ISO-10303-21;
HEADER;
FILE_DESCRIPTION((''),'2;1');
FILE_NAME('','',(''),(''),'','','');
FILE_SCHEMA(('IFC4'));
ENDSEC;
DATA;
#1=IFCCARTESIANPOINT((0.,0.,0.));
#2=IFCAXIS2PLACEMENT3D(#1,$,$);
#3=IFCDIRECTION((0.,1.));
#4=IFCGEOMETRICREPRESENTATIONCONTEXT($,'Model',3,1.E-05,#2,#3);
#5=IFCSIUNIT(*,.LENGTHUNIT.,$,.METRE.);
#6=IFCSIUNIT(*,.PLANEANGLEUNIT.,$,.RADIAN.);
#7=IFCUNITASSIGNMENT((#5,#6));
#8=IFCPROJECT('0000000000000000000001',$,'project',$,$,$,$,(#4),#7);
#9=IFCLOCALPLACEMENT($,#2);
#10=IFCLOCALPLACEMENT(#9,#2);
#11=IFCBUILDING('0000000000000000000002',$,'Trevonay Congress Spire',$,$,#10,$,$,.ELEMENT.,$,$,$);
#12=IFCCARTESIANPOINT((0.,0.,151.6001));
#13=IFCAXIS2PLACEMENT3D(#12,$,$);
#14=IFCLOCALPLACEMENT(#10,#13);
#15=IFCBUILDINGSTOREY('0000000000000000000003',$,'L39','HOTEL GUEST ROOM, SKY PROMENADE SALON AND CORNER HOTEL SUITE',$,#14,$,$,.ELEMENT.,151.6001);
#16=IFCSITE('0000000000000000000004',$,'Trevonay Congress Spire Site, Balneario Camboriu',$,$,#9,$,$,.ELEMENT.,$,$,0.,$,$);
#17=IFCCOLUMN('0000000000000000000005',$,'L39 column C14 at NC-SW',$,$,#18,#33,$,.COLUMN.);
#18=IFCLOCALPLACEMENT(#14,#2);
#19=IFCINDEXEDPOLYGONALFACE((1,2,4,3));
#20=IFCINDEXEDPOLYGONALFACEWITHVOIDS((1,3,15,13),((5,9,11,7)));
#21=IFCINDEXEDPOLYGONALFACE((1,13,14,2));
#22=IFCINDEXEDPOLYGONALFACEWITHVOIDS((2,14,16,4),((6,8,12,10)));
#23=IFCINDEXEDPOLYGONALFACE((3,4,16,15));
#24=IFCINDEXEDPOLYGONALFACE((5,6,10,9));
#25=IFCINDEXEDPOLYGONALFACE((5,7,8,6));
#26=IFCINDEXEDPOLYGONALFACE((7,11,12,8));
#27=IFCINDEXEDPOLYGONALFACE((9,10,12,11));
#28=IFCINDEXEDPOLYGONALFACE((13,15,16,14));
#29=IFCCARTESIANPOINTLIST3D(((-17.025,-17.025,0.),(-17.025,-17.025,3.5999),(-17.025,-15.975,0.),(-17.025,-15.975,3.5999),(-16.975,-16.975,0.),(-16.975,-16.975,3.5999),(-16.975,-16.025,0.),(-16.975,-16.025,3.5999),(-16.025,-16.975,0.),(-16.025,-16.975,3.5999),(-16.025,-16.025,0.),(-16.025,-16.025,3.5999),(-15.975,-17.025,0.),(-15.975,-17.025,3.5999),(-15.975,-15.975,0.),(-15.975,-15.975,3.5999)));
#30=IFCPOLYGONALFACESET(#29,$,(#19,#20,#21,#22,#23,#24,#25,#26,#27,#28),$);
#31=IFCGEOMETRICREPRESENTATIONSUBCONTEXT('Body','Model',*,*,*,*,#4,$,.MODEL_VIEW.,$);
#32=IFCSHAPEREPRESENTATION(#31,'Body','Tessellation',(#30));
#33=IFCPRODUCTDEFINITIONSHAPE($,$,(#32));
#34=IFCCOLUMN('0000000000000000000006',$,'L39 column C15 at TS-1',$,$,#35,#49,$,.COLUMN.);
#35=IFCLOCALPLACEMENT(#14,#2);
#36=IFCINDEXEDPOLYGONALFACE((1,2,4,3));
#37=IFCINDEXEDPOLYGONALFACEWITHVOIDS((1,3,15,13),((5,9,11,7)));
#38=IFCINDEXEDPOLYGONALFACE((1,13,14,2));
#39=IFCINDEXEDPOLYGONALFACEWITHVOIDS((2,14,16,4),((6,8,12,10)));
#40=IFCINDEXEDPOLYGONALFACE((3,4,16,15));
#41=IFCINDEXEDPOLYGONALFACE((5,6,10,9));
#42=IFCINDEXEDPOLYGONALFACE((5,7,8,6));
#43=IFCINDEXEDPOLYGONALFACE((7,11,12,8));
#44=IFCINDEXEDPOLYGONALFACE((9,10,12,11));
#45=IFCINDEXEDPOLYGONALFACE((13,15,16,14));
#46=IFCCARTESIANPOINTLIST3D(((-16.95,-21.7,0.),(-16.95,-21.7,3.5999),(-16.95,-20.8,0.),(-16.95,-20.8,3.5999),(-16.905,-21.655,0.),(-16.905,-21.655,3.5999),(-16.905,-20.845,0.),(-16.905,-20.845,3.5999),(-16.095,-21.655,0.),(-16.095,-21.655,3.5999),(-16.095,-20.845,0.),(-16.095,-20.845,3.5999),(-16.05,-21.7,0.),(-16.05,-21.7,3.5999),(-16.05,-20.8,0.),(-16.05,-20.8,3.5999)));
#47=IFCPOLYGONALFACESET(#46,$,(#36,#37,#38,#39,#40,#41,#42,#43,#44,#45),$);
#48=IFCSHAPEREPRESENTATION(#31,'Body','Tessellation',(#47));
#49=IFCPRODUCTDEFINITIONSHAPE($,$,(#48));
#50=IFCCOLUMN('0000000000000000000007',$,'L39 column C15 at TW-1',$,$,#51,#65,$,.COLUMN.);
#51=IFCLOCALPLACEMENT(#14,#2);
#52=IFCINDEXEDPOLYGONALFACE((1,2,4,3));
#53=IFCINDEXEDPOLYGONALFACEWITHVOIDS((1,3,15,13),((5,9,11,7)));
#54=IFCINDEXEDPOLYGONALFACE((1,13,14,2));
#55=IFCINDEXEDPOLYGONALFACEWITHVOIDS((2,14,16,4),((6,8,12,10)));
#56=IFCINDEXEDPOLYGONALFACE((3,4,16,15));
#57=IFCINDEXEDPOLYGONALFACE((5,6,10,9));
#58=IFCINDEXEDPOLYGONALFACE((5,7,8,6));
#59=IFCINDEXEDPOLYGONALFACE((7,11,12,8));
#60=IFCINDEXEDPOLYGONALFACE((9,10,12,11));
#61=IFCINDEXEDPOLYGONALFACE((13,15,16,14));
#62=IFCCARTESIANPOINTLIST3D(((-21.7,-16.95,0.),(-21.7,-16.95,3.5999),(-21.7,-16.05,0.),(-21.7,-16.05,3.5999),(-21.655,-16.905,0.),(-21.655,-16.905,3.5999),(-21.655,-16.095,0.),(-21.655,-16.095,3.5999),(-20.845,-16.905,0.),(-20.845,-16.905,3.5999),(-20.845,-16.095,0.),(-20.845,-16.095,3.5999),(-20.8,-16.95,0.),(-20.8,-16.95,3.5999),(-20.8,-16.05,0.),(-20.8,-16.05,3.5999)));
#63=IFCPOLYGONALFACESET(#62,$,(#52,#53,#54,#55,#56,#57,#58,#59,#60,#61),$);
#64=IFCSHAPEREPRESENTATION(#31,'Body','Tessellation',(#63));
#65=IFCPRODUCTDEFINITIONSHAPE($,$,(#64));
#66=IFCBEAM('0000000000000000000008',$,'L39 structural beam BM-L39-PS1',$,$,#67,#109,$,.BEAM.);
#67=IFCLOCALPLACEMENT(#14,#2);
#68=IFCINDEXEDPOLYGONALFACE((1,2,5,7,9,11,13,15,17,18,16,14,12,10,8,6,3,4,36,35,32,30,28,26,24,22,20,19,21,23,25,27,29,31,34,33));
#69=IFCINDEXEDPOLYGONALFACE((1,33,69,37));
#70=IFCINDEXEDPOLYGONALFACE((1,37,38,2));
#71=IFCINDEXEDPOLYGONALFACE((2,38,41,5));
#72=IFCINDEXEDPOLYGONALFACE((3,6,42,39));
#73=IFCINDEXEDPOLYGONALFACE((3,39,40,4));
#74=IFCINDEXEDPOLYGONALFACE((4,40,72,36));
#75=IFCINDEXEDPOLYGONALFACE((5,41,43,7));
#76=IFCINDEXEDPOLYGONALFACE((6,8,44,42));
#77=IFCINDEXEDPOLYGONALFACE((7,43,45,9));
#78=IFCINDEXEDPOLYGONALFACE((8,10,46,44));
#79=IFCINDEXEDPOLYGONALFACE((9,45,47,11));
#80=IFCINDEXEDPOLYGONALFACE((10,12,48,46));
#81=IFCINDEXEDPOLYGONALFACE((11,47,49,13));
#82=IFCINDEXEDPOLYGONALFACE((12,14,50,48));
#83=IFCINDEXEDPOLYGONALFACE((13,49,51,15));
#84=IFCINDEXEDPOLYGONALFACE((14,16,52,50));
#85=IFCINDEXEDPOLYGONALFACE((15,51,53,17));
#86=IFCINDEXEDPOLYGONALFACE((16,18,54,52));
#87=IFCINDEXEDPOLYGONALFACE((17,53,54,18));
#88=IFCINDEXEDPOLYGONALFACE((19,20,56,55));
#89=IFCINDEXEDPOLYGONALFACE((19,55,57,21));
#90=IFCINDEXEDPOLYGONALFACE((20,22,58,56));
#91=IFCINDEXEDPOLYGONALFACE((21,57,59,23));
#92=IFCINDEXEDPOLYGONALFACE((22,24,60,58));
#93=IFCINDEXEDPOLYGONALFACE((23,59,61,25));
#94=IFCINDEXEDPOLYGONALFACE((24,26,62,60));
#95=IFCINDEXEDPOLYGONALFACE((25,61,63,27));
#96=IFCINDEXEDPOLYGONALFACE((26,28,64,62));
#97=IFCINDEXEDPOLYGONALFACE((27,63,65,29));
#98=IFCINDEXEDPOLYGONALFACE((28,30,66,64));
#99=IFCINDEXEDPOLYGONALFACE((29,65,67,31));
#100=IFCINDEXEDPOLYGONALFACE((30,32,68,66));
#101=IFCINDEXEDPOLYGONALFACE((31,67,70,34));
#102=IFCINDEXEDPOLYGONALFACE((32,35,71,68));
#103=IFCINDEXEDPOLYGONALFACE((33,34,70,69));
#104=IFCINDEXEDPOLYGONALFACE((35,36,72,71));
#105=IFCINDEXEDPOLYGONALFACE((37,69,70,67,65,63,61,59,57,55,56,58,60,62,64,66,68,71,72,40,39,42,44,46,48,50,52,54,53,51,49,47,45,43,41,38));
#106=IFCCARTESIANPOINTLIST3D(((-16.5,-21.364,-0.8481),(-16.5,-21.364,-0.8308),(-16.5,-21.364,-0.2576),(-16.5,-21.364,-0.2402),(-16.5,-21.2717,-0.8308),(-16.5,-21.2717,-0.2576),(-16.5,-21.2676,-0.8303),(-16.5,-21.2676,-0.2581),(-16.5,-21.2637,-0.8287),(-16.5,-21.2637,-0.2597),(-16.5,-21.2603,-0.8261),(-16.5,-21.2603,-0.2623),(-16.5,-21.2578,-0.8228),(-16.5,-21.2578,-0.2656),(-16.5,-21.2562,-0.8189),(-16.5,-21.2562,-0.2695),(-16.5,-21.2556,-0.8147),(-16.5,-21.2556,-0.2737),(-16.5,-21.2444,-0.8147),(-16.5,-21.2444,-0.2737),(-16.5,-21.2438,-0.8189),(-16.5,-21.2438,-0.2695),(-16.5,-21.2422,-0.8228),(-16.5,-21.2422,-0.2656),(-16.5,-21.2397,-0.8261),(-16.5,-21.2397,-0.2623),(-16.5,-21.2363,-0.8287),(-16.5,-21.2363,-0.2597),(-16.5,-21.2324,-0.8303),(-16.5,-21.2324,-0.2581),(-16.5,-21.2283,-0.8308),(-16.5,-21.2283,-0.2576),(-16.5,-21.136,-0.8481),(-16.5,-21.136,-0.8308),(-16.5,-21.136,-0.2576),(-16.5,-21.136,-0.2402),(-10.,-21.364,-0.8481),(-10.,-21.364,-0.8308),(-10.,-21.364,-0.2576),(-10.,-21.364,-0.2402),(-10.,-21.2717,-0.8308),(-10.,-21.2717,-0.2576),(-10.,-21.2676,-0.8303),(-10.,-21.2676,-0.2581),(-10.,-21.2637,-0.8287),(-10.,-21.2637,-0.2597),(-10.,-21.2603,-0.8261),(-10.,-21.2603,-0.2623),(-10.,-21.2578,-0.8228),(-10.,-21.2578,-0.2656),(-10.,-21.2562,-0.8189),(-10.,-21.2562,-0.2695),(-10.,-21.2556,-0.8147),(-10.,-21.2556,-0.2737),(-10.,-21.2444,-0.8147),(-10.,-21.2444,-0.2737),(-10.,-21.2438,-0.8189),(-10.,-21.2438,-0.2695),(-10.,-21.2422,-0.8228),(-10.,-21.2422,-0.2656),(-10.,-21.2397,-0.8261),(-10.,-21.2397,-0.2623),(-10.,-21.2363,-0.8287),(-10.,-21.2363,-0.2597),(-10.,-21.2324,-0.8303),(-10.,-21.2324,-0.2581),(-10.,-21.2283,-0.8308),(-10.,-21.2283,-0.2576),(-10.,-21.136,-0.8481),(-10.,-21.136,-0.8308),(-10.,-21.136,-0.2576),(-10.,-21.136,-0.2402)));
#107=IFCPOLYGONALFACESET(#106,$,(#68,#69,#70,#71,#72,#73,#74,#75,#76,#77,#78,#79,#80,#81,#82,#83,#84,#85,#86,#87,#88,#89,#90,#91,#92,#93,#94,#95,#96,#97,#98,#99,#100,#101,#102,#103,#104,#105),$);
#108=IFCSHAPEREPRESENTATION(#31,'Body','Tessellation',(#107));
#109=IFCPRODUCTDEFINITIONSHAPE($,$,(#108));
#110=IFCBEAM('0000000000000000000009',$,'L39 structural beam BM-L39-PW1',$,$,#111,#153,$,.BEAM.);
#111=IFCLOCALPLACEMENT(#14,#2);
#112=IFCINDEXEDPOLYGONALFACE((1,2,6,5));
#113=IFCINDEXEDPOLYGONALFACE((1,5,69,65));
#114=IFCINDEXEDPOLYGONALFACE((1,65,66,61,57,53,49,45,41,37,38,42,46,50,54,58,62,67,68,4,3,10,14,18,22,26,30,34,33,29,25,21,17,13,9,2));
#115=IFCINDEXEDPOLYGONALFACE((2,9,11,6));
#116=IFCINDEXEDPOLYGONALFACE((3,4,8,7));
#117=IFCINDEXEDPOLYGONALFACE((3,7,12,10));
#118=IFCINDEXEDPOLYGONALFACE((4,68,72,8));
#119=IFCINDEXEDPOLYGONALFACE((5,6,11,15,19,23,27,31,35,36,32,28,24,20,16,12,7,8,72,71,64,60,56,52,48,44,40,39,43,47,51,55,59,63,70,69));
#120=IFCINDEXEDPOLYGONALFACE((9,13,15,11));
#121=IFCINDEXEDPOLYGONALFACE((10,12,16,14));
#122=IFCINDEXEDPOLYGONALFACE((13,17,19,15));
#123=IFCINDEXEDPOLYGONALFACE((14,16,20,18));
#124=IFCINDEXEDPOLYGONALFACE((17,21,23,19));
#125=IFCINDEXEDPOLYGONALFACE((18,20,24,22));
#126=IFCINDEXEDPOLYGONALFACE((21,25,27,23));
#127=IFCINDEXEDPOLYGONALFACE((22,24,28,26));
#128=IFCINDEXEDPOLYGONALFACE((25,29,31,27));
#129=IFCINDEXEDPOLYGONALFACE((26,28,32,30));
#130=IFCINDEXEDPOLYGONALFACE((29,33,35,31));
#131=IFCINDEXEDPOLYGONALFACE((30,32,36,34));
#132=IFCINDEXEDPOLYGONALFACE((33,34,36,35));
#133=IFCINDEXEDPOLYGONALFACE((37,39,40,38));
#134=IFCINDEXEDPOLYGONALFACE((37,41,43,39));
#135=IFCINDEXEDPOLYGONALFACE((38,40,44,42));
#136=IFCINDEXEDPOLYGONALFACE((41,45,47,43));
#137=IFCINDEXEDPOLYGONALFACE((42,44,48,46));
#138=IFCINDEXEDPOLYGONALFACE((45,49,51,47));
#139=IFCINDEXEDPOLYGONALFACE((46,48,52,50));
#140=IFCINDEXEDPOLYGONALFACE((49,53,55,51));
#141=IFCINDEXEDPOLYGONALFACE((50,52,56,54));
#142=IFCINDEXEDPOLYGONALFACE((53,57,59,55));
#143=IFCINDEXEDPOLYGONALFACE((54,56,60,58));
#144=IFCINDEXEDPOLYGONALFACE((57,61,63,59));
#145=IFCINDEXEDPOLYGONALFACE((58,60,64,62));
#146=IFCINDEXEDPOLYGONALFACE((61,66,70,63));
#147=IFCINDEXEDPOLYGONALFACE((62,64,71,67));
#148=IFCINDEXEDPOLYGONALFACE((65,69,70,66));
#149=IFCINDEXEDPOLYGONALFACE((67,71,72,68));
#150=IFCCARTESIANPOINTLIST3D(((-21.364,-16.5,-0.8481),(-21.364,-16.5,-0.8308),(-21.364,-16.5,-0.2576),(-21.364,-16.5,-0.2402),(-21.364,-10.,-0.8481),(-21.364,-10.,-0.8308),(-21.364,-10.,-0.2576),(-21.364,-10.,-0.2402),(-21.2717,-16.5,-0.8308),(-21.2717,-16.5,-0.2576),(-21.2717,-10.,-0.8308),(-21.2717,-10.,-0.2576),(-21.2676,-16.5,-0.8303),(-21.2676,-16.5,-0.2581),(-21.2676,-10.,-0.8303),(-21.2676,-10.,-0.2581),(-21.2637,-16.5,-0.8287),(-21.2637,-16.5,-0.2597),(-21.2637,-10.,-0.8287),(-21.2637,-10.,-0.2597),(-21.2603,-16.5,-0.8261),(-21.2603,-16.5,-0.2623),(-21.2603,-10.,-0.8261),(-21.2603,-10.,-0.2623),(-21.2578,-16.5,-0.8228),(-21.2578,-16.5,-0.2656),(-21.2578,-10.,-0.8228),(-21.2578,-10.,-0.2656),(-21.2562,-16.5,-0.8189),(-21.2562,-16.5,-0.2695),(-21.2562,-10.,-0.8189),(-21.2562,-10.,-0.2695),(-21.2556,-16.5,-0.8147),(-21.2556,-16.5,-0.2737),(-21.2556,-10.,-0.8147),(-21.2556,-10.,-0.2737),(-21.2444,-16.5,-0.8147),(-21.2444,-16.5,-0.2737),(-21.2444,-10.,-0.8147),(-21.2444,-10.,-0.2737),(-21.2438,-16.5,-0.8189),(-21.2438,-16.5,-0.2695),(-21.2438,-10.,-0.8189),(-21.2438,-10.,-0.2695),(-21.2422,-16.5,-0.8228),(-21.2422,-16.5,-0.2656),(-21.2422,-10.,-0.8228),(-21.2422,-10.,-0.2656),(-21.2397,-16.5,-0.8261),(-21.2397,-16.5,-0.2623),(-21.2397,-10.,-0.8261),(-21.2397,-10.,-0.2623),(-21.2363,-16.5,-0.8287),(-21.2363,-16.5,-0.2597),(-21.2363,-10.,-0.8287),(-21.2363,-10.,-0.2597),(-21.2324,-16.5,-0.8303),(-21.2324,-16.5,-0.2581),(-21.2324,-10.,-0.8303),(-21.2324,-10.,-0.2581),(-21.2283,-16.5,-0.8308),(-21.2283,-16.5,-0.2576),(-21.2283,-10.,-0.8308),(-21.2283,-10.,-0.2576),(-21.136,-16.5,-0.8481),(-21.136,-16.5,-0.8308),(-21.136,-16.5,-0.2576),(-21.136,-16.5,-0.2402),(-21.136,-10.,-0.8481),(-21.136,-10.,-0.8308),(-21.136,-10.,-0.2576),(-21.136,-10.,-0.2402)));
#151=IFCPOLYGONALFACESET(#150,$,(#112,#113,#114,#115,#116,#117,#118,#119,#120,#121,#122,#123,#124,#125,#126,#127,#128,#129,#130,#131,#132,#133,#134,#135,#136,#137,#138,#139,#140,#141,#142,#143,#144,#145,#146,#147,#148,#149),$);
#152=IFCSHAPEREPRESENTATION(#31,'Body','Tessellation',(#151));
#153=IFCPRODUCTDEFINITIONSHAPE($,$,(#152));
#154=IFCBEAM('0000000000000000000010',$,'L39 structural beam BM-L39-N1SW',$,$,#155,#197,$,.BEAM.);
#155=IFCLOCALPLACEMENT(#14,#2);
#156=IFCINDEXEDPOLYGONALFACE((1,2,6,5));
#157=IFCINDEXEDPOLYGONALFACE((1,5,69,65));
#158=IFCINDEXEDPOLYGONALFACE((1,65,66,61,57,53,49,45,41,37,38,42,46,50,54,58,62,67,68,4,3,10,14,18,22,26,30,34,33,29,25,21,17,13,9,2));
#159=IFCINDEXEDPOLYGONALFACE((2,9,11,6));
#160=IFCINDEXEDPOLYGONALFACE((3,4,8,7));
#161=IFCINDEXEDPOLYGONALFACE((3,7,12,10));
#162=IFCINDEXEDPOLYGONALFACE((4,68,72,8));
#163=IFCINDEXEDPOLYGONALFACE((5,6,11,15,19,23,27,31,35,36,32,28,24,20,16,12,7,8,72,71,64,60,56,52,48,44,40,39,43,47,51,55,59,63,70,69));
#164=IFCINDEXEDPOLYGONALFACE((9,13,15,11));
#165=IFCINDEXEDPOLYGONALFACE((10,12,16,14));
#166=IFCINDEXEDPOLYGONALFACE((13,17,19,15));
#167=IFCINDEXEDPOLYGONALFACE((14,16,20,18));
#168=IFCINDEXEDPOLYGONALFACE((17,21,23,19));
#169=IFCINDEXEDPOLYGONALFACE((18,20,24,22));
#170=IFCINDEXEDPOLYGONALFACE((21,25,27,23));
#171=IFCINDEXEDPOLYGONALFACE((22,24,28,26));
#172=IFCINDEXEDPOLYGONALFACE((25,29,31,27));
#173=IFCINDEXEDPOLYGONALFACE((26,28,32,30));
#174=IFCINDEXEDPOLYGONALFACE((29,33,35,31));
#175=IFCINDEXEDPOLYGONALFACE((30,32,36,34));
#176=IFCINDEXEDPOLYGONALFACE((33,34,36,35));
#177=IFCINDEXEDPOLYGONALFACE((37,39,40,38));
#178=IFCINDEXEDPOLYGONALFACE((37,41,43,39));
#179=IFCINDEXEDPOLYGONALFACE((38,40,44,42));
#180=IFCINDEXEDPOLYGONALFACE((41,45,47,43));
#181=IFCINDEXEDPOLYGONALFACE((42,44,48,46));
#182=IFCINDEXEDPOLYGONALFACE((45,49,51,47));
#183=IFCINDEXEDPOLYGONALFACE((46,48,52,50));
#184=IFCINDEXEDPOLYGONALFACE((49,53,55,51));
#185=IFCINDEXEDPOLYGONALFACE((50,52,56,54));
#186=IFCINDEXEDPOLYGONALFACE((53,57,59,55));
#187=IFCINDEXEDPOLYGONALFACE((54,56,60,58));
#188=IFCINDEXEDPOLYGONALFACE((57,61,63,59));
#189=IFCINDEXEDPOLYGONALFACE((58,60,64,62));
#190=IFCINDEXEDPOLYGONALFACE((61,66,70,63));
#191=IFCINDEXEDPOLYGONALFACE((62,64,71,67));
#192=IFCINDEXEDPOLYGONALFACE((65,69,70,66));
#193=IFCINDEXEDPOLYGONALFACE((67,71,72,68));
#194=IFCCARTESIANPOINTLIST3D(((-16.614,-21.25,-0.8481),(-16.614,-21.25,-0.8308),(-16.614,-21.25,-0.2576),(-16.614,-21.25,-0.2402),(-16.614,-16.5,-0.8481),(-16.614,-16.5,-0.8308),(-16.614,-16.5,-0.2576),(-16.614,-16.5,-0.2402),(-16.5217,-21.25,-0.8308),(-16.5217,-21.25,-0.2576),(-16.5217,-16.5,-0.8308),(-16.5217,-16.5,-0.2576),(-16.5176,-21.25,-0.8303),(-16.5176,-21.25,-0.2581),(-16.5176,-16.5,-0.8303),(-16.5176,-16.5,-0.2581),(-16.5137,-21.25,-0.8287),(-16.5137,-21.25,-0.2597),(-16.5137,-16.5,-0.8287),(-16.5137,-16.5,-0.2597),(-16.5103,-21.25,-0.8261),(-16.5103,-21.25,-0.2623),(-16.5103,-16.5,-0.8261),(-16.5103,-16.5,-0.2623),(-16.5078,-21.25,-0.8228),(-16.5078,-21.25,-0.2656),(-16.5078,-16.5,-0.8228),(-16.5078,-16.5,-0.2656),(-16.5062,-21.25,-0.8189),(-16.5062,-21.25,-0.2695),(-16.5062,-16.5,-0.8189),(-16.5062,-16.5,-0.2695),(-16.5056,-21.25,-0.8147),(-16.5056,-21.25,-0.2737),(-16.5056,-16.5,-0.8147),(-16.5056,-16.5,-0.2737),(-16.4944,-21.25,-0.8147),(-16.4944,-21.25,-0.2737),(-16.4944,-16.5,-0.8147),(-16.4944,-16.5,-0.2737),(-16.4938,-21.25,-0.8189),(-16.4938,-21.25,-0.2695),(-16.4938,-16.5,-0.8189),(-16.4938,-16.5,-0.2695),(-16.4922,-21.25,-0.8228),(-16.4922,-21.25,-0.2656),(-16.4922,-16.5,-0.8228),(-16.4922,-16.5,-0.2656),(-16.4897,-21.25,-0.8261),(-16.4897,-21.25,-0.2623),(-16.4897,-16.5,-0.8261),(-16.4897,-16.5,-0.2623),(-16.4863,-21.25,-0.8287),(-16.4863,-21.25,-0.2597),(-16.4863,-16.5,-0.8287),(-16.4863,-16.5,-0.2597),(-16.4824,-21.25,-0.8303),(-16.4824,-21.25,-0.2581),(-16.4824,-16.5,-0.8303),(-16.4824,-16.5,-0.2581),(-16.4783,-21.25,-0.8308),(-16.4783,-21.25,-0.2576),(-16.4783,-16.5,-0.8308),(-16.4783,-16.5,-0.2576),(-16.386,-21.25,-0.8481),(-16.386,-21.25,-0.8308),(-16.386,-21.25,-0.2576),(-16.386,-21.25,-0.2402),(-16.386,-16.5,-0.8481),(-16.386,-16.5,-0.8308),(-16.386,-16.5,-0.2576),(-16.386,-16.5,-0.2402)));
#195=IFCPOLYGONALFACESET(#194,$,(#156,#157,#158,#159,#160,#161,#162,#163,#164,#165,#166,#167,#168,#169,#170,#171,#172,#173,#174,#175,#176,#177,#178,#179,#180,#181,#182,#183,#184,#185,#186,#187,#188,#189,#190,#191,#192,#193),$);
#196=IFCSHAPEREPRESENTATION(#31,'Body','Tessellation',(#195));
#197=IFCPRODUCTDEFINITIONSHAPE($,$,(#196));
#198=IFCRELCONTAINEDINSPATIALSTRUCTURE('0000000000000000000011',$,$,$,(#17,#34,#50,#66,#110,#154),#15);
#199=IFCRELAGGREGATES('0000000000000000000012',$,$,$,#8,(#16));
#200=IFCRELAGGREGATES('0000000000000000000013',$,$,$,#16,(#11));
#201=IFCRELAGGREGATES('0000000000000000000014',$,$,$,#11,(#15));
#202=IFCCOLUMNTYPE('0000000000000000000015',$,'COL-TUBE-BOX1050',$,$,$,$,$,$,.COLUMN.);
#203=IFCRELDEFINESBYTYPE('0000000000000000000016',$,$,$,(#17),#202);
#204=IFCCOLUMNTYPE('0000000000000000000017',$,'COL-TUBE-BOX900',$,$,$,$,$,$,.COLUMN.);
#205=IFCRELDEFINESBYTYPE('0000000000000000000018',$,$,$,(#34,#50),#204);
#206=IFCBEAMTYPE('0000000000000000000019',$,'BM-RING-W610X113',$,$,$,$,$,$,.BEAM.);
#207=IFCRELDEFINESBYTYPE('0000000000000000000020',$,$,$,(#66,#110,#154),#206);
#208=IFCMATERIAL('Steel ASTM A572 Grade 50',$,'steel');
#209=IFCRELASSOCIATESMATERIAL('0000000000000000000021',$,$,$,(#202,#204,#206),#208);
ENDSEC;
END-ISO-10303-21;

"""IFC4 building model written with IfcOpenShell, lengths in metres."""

from ifc_helpers import new_model, si_unit, direction, frame, origin, origin_2d, place, context, subcontext, project, spatial, hollow_rectangle, i_section, extrude, material, material_profile, profile_set, type_object, element, save


model = new_model("IFC4")

# Units and contexts
model_context = context("Model", 3, precision=1e-05, world=origin(), true_north=direction((0.0, 1.0)))
body_context = subcontext(model_context, "Body", "Model", "MODEL_VIEW")
ifc_project = project(units=[si_unit("LENGTHUNIT", "METRE"), si_unit("PLANEANGLEUNIT", "RADIAN")], contexts=[model_context])

# Site, building, storey
site_placement = place(None, origin())
site = spatial("IfcSite", under=ifc_project, at=site_placement, Name="Trevonay Congress Spire Site, Balneario Camboriu", CompositionType="ELEMENT", RefElevation=0.0)
building_placement = place(site_placement, origin())
building = spatial("IfcBuilding", under=site, at=building_placement, Name="Trevonay Congress Spire", CompositionType="ELEMENT")
storey_placement = place(building_placement, frame((0.0, 0.0, 151.6001)))
storey = spatial("IfcBuildingStorey", under=building, at=storey_placement, Name="L39", Description="HOTEL GUEST ROOM, SKY PROMENADE SALON AND CORNER HOTEL SUITE", CompositionType="ELEMENT", Elevation=151.6001)

# Columns
ifc_material_1 = material(Name="Steel ASTM A572 Grade 50", Category="steel")
ifc_material_profile_1 = material_profile(ifc_material_1, hollow_rectangle(XDim=1.05, YDim=1.05, WallThickness=0.05, at=origin_2d()), Name="BOX 1050x1050x50")
ifc_profile_set_1 = profile_set([ifc_material_profile_1], Name="Steel ASTM A572 Grade 50")
column_type_1 = type_object("IfcColumnType", Name="COL-TUBE-BOX1050", PredefinedType="COLUMN", material=ifc_profile_set_1)
column_placement = place(storey_placement, frame((-16.5, -16.5, 0.0), z_axis=(0.0, 0.0, 1.0), x_axis=(1.0, 0.0, 0.0)))
element("IfcColumn", 1, at=column_placement, inside=storey, type_object=column_type_1, Name="L39 column C14 at NC-SW", PredefinedType="COLUMN", context=body_context, shape_type="SweptSolid", body=[
    extrude(hollow_rectangle(XDim=1.05, YDim=1.05, WallThickness=0.05, at=origin_2d()), origin(), (0.0, 0.0, 1.0), 3.5999),
])
ifc_material_profile_2 = material_profile(ifc_material_1, hollow_rectangle(XDim=0.8999, YDim=0.8999, WallThickness=0.0449, at=origin_2d()), Name="BOX 900x900x45")
ifc_profile_set_2 = profile_set([ifc_material_profile_2], Name="Steel ASTM A572 Grade 50")
column_type_2 = type_object("IfcColumnType", Name="COL-TUBE-BOX900", PredefinedType="COLUMN", material=ifc_profile_set_2)
for number, where, z_axis, x_axis, name in (
    (2, (-16.5, -21.25, 0.0), (0.0, 0.0, 1.0), (1.0, 0.0, 0.0), "L39 column C15 at TS-1"),
    (3, (-21.25, -16.5, 0.0), (0.0, 0.0, 1.0), (1.0, 0.0, 0.0), "L39 column C15 at TW-1"),
):
    element("IfcColumn", number, at=place(storey_placement, frame(where, z_axis=z_axis, x_axis=x_axis)), inside=storey, type_object=column_type_2, Name=name, PredefinedType="COLUMN", context=body_context, shape_type="SweptSolid", body=[
        extrude(hollow_rectangle(XDim=0.8999, YDim=0.8999, WallThickness=0.0449, at=origin_2d()), origin(), (0.0, 0.0, 1.0), 3.5999),
    ])

# Beams
ifc_material_profile_3 = material_profile(ifc_material_1, i_section(OverallWidth=0.228, OverallDepth=0.6079, WebThickness=0.0112, FlangeThickness=0.0173, FilletRadius=0.0161, at=origin_2d()), Name="W610x113")
ifc_profile_set_3 = profile_set([ifc_material_profile_3], Name="Steel ASTM A572 Grade 50")
beam_type_1 = type_object("IfcBeamType", Name="BM-RING-W610X113", PredefinedType="BEAM", material=ifc_profile_set_3)
for number, where, z_axis, x_axis, name in (
    (4, (-16.5, -21.25, -0.5442), (1.0, 0.0, 0.0), (0.0, 1.0, 0.0), "L39 structural beam BM-L39-PS1"),
    (5, (-21.25, -16.5, -0.5442), (0.0, 1.0, 0.0), (-1.0, 0.0, 0.0), "L39 structural beam BM-L39-PW1"),
):
    element("IfcBeam", number, at=place(storey_placement, frame(where, z_axis=z_axis, x_axis=x_axis)), inside=storey, type_object=beam_type_1, Name=name, PredefinedType="BEAM", context=body_context, shape_type="SweptSolid", body=[
        extrude(i_section(OverallWidth=0.228, OverallDepth=0.6079, WebThickness=0.0112, FlangeThickness=0.0173, FilletRadius=0.0161, at=origin_2d()), origin(), (0.0, 0.0, 1.0), 6.5),
    ])
for number, where, z_axis, x_axis, name in (
    (6, (-16.5, -21.25, -0.5442), (0.0, 1.0, 0.0), (-1.0, 0.0, 0.0), "L39 structural beam BM-L39-N1SW"),
):
    element("IfcBeam", number, at=place(storey_placement, frame(where, z_axis=z_axis, x_axis=x_axis)), inside=storey, type_object=beam_type_1, Name=name, PredefinedType="BEAM", context=body_context, shape_type="SweptSolid", body=[
        extrude(i_section(OverallWidth=0.228, OverallDepth=0.6079, WebThickness=0.0112, FlangeThickness=0.0173, FilletRadius=0.0161, at=origin_2d()), origin(), (0.0, 0.0, 1.0), 4.75),
    ])

save(model, "model.ifc")
